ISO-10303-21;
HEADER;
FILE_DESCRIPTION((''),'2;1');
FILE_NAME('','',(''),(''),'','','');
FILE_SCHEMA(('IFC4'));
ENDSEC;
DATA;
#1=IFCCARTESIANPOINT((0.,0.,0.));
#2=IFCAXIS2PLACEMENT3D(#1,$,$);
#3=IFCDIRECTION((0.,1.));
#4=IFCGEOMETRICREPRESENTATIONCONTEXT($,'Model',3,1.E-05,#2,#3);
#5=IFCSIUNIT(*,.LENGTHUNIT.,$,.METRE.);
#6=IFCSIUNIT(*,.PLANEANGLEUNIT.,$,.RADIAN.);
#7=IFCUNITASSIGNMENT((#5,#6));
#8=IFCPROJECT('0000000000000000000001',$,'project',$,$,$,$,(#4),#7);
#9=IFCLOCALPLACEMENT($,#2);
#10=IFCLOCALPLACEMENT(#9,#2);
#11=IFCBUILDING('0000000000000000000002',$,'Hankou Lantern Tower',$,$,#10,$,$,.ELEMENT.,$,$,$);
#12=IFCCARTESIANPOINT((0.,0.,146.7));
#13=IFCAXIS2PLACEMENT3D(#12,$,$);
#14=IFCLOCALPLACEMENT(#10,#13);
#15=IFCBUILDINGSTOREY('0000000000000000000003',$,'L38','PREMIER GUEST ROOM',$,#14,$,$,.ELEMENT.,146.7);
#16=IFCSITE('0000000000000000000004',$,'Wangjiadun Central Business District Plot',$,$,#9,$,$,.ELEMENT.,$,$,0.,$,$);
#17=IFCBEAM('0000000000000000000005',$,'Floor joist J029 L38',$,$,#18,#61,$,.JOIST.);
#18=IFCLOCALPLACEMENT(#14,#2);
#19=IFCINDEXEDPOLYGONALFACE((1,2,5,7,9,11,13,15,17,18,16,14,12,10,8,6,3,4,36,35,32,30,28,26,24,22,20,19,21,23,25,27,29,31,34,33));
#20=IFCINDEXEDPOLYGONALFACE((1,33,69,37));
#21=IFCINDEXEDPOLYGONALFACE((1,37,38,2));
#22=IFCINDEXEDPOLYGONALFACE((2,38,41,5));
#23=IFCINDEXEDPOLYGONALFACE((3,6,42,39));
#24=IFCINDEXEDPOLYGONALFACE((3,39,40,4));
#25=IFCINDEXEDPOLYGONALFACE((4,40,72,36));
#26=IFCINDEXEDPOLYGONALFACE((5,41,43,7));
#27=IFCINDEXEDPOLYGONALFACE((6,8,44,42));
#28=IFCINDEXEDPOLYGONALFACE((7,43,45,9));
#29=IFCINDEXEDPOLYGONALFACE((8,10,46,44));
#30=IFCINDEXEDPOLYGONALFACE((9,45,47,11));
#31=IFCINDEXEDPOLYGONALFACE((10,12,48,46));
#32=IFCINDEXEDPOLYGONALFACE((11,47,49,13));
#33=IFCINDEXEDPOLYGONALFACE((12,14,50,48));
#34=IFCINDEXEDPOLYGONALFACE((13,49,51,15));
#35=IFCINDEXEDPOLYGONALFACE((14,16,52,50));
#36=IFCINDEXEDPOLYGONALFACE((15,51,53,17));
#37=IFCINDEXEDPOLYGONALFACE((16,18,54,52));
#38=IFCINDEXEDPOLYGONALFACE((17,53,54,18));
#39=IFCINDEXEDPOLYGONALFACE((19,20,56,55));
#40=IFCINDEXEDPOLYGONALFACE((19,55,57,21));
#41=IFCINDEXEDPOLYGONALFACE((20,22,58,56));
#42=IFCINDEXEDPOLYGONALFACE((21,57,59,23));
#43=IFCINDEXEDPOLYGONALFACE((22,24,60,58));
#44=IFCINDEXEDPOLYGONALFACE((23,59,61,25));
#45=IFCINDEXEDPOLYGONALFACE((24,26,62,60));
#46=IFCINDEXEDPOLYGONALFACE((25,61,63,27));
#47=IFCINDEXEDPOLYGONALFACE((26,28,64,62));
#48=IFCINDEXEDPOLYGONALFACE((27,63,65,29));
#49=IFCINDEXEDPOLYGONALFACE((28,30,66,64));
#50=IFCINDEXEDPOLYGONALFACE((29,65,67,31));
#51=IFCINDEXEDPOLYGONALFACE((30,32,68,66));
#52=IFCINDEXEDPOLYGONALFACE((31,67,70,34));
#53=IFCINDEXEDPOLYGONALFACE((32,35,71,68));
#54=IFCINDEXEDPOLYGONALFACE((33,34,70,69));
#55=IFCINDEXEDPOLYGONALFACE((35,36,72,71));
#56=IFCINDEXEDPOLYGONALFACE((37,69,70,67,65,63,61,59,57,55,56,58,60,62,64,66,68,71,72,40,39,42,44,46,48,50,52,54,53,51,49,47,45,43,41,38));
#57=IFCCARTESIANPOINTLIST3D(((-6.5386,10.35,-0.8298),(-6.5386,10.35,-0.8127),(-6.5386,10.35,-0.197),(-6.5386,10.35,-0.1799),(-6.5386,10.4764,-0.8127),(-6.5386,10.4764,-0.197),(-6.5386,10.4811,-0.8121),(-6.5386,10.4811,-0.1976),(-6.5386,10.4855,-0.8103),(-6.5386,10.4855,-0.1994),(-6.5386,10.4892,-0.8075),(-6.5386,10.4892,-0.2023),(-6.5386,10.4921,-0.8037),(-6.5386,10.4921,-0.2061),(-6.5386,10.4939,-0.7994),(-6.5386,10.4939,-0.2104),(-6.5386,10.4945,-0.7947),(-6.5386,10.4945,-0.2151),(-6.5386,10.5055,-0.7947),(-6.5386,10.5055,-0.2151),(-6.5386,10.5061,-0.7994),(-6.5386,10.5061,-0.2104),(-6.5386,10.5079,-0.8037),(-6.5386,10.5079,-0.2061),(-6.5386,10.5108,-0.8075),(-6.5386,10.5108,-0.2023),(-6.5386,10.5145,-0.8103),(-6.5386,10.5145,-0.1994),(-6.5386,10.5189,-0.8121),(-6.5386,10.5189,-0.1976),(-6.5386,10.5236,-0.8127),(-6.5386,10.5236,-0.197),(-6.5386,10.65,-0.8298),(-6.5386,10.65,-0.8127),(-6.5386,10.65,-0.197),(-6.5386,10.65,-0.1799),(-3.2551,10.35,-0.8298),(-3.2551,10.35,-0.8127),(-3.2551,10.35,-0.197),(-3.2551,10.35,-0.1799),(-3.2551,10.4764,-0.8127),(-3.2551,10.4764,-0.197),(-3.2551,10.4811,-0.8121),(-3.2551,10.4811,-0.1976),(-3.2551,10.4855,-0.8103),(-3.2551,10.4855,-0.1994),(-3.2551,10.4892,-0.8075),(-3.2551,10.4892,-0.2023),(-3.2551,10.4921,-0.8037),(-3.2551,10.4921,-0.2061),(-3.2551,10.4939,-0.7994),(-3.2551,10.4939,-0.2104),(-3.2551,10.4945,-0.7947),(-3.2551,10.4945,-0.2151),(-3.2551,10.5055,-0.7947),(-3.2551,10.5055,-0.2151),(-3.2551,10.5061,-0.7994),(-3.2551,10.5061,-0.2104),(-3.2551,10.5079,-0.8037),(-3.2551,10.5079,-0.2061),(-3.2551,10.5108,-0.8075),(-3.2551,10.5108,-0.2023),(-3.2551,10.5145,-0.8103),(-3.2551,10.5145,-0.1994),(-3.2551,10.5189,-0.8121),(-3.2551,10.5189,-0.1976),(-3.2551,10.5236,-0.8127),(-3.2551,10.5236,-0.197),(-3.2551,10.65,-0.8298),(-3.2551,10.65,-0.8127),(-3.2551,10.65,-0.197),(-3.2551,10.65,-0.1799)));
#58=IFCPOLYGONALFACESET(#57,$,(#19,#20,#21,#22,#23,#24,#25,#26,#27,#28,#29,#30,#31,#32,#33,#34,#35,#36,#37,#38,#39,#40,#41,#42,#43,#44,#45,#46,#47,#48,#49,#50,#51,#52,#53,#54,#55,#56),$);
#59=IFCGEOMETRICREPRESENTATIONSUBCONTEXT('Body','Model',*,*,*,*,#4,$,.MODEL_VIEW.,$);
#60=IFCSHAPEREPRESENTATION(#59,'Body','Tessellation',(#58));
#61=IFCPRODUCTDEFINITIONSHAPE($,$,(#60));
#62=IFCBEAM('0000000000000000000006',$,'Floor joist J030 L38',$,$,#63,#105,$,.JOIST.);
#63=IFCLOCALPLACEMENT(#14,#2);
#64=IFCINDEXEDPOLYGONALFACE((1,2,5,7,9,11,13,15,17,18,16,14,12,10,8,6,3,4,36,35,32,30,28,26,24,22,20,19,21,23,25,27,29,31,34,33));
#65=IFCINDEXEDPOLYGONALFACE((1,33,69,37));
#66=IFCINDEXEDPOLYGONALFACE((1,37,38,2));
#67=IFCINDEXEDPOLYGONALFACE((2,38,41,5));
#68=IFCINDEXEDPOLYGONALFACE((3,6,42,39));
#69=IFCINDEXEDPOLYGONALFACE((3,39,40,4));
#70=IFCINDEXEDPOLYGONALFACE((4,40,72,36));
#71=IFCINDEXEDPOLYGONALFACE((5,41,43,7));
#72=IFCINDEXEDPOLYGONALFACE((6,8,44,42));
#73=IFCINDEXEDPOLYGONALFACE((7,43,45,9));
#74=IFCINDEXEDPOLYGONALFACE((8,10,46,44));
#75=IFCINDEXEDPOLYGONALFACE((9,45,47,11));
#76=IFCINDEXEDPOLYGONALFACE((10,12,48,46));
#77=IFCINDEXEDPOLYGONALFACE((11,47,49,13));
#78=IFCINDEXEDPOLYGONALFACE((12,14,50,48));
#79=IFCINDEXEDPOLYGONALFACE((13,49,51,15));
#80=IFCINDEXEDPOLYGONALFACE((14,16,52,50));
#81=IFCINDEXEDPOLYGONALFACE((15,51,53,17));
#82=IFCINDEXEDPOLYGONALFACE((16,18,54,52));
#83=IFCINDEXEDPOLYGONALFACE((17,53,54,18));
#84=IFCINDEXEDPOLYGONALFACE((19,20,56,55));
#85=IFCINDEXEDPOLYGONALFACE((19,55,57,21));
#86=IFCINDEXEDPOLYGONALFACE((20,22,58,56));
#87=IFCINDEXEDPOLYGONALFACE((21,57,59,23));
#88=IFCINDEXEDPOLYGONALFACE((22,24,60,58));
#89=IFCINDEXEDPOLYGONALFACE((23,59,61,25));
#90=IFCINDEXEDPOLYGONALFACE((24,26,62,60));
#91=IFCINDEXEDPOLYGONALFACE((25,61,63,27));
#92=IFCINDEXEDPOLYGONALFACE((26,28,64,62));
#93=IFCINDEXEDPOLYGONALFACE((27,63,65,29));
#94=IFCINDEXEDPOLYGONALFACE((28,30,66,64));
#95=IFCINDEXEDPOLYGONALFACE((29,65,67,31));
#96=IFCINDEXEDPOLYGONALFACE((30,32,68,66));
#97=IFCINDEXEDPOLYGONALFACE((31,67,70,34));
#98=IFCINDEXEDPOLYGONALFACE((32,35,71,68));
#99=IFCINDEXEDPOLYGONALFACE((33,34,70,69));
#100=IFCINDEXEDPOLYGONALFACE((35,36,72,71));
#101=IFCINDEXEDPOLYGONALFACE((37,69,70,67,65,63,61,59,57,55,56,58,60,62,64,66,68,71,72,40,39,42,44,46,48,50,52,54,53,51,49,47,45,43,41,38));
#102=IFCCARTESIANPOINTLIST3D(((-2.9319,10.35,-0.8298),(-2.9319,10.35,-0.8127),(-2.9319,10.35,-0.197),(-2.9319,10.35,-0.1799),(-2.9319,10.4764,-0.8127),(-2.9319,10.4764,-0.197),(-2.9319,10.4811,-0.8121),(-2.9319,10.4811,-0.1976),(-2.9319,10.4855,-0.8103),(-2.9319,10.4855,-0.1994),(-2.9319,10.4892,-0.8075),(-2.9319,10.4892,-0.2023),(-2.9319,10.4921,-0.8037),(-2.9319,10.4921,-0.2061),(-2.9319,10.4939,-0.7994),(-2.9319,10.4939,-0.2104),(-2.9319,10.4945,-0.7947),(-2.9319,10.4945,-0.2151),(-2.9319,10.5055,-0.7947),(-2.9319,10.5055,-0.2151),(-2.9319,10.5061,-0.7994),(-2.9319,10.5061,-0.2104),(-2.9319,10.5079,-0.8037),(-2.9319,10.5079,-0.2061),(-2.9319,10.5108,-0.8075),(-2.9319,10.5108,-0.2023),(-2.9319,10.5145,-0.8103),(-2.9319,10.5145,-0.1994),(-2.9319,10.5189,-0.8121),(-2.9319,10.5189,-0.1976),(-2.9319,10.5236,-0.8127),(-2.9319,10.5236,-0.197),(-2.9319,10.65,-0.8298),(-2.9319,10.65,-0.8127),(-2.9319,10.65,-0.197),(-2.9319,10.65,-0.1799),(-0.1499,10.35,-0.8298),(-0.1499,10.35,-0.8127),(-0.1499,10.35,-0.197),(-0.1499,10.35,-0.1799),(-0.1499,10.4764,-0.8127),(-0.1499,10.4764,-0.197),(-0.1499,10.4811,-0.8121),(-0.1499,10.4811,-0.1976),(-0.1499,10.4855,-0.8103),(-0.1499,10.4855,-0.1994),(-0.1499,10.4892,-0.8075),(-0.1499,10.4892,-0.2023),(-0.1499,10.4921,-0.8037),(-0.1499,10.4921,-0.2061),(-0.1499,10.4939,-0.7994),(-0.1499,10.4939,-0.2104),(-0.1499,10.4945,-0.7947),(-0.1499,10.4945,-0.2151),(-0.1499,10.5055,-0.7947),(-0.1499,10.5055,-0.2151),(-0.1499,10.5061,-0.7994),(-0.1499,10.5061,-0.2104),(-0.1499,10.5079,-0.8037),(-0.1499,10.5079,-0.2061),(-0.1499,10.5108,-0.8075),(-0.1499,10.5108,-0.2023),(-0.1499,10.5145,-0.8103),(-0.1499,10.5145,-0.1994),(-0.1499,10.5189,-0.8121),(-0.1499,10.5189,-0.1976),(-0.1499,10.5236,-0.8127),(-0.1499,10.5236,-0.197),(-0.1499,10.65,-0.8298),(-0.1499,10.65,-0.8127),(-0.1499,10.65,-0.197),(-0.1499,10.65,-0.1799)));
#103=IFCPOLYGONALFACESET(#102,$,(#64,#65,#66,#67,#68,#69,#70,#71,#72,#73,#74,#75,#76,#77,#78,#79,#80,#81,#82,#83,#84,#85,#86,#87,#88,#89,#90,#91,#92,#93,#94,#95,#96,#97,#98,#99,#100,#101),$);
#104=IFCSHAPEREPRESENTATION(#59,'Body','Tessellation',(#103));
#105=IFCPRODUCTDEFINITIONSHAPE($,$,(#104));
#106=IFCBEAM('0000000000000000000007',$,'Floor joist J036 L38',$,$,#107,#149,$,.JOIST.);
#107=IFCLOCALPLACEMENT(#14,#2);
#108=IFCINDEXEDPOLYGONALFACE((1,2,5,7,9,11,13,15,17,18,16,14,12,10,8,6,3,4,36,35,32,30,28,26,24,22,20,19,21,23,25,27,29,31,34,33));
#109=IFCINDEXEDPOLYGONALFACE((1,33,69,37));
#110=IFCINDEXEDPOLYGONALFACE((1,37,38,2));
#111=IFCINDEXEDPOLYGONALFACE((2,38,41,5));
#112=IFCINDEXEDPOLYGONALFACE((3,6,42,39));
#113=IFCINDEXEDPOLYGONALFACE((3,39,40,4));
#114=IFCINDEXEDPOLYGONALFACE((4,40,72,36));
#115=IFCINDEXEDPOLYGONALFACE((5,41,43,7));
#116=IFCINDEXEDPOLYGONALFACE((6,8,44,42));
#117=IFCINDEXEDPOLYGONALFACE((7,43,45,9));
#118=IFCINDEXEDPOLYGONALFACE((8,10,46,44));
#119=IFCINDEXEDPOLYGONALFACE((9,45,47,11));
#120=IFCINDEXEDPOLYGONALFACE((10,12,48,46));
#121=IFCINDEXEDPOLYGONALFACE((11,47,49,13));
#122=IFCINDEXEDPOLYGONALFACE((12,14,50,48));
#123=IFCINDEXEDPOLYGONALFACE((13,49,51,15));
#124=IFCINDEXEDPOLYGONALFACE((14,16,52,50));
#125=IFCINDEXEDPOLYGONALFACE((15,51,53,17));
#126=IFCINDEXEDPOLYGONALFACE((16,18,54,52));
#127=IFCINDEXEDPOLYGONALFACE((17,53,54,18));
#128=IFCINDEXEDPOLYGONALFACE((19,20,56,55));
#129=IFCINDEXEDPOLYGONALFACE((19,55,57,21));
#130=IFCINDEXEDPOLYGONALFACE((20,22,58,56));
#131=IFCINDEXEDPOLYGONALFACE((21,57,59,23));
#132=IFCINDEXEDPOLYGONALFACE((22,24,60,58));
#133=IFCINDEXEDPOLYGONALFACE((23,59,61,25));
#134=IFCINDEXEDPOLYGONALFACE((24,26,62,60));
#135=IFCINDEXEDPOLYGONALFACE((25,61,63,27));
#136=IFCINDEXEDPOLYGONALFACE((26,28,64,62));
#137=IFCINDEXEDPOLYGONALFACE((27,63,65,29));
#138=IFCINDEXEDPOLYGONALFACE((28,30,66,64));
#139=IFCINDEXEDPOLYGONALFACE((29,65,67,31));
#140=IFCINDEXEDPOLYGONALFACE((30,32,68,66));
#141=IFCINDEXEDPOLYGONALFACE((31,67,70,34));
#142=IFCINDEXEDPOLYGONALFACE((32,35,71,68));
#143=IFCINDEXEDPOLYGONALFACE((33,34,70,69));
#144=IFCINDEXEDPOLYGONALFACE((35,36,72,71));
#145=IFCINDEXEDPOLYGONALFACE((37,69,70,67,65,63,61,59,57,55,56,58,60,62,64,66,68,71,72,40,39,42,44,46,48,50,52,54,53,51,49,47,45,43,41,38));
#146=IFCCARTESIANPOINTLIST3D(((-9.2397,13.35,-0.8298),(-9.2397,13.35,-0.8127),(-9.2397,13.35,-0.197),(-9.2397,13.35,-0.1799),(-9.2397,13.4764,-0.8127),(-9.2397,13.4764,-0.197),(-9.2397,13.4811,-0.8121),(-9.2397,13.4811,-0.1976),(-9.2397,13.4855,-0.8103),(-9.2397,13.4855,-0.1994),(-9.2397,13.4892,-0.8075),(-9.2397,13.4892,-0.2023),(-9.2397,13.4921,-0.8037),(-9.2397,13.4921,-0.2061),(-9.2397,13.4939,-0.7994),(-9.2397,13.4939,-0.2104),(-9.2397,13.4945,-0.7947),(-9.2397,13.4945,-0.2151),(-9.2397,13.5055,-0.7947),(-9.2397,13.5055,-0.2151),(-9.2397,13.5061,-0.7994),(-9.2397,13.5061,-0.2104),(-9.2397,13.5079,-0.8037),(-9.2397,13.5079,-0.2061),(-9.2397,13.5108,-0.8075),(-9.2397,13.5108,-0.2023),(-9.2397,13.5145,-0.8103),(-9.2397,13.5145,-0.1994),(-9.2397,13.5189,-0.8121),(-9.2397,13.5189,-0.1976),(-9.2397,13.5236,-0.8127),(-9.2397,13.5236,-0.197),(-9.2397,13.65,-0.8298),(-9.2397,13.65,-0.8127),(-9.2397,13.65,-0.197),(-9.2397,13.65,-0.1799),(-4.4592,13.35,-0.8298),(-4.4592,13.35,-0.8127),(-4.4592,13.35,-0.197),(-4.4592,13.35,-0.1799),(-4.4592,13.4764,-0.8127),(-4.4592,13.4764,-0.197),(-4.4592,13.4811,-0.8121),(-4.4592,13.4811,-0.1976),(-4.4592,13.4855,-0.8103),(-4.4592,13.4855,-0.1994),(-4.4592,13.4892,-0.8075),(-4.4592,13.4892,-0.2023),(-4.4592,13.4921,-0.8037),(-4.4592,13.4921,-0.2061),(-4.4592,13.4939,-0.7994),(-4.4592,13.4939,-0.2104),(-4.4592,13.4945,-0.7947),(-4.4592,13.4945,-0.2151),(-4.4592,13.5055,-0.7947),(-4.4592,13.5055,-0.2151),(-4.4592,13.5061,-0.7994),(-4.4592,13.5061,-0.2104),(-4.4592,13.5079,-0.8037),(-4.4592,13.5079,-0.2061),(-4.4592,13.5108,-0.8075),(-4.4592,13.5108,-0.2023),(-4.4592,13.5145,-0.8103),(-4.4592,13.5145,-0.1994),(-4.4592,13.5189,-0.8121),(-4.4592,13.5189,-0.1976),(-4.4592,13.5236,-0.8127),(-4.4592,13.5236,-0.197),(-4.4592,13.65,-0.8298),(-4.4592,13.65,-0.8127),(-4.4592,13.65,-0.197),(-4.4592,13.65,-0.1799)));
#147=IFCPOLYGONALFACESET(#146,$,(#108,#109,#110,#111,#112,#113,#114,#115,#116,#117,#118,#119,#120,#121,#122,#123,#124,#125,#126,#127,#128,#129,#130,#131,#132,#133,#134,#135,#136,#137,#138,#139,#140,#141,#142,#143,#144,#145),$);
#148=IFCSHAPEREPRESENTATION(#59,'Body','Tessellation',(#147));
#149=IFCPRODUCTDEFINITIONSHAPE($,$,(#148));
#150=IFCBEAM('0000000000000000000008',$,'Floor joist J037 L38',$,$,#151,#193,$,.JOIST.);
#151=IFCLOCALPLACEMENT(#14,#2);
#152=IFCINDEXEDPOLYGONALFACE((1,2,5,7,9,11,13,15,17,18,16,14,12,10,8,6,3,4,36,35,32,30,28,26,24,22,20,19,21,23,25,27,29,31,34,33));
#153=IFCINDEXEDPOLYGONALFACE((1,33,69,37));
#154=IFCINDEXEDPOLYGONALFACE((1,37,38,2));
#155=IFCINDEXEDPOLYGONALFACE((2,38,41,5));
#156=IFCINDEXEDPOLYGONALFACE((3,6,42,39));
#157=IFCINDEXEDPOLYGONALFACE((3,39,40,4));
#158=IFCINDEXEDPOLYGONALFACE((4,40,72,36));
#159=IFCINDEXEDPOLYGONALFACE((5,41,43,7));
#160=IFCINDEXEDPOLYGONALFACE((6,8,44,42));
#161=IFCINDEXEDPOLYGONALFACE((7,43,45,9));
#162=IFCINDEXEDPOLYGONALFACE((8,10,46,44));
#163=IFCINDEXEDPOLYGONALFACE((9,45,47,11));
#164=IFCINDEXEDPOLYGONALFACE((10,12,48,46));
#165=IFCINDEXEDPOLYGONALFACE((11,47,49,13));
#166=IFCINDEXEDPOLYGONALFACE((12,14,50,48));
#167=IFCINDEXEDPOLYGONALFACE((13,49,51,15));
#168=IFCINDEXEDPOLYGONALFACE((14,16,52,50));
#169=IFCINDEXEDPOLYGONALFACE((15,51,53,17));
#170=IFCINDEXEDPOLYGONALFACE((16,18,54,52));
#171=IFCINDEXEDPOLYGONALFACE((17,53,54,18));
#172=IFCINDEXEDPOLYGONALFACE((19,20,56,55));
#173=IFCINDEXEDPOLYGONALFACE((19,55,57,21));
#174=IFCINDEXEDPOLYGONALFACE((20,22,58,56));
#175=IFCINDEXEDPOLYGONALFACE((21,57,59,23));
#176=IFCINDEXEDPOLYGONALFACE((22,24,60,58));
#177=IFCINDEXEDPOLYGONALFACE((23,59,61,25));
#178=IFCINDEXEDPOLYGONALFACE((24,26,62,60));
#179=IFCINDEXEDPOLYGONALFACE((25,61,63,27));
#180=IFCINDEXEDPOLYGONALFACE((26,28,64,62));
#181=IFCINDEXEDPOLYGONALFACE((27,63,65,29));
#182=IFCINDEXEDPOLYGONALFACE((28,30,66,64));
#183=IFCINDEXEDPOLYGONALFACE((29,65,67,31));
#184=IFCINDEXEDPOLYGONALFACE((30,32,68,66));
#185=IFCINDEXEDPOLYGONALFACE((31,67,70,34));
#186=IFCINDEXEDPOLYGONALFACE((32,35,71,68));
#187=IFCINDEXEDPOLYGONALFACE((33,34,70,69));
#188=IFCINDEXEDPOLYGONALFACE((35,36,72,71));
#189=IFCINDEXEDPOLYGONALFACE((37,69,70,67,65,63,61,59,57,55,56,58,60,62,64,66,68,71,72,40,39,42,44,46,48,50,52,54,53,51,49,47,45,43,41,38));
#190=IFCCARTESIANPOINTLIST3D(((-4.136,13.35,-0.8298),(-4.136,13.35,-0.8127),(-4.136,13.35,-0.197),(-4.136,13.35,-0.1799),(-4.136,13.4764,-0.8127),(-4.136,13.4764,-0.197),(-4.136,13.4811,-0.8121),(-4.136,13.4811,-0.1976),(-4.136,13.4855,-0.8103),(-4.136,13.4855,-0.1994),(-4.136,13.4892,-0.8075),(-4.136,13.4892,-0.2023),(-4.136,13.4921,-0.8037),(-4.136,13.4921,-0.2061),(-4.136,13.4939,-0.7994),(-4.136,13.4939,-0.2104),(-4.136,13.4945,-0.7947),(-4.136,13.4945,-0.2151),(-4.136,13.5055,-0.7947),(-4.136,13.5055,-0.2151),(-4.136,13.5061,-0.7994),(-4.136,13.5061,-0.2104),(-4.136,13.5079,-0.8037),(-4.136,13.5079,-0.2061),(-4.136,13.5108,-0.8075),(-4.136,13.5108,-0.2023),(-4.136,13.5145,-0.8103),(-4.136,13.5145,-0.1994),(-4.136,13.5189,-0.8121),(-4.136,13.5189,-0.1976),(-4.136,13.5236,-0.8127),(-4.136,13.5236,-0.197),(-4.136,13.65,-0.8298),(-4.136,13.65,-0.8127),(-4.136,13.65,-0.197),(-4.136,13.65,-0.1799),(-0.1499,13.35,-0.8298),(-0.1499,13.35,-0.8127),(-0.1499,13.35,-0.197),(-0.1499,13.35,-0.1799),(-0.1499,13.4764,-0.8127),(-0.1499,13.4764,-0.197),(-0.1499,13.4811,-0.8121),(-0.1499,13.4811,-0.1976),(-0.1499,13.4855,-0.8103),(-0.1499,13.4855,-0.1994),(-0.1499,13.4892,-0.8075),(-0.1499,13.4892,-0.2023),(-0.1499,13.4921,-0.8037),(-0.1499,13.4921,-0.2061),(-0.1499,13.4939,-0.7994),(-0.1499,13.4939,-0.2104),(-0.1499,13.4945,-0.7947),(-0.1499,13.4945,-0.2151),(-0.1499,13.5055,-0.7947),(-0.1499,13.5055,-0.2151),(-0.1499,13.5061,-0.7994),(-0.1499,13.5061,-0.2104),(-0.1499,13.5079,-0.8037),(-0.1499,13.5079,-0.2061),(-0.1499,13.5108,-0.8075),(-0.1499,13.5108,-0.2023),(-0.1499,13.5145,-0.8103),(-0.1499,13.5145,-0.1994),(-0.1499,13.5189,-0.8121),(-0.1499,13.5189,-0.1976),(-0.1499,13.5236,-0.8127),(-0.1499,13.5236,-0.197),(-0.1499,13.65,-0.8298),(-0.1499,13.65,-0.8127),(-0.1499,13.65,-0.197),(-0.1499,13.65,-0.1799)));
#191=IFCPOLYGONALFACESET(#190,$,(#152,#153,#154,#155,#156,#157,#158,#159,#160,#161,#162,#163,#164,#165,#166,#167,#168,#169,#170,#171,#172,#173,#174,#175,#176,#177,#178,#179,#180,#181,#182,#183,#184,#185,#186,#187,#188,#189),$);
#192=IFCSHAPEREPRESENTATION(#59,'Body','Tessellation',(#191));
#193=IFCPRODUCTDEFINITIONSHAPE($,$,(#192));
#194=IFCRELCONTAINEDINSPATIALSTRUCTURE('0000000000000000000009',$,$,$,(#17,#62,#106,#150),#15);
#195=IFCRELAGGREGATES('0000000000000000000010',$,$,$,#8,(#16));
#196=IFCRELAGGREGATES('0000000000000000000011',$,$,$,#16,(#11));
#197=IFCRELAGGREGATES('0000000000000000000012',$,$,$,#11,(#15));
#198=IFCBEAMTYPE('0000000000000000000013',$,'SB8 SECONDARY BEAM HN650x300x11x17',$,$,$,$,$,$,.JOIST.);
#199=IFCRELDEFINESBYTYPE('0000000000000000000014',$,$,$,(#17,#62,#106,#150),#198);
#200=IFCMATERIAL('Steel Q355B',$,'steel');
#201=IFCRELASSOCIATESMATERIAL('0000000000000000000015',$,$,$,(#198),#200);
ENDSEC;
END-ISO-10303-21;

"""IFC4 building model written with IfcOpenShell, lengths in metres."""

from ifc_helpers import new_model, si_unit, direction, frame, origin, origin_2d, place, context, subcontext, project, spatial, i_section, extrude, material, material_profile, profile_set, type_object, element, save


model = new_model("IFC4")

# Units and contexts
model_context = context("Model", 3, precision=1e-05, world=origin(), true_north=direction((0.0, 1.0)))
body_context = subcontext(model_context, "Body", "Model", "MODEL_VIEW")
ifc_project = project(units=[si_unit("LENGTHUNIT", "METRE"), si_unit("PLANEANGLEUNIT", "RADIAN")], contexts=[model_context])

# Site, building, storey
site_placement = place(None, origin())
site = spatial("IfcSite", under=ifc_project, at=site_placement, Name="Wangjiadun Central Business District Plot", CompositionType="ELEMENT", RefElevation=0.0)
building_placement = place(site_placement, origin())
building = spatial("IfcBuilding", under=site, at=building_placement, Name="Hankou Lantern Tower", CompositionType="ELEMENT")
storey_placement = place(building_placement, frame((0.0, 0.0, 146.7)))
storey = spatial("IfcBuildingStorey", under=building, at=storey_placement, Name="L38", Description="PREMIER GUEST ROOM", CompositionType="ELEMENT", Elevation=146.7)

# Beams
ifc_material_1 = material(Name="Steel Q355B", Category="steel")
ifc_material_profile_1 = material_profile(ifc_material_1, i_section(OverallWidth=0.3, OverallDepth=0.6499, WebThickness=0.011, FlangeThickness=0.0171, FilletRadius=0.0181, at=origin_2d()), Name="HN650x300x11x17")
ifc_profile_set_1 = profile_set([ifc_material_profile_1], Name="Steel Q355B")
beam_type_1 = type_object("IfcBeamType", Name="SB8 SECONDARY BEAM HN650x300x11x17", PredefinedType="JOIST", material=ifc_profile_set_1)
beam_1_placement = place(storey_placement, frame((-6.5386, 10.5, -0.5049), z_axis=(1.0, 0.0, 0.0), x_axis=(0.0, 1.0, 0.0)))
element("IfcBeam", 1, at=beam_1_placement, inside=storey, type_object=beam_type_1, Name="Floor joist J029 L38", PredefinedType="JOIST", context=body_context, shape_type="SweptSolid", body=[
    extrude(i_section(OverallWidth=0.3, OverallDepth=0.6499, WebThickness=0.011, FlangeThickness=0.0171, FilletRadius=0.0181, at=origin_2d()), origin(), (0.0, 0.0, 1.0), 3.2834),
])
beam_2_placement = place(storey_placement, frame((-2.9319, 10.5, -0.5049), z_axis=(1.0, 0.0, 0.0), x_axis=(0.0, 1.0, 0.0)))
element("IfcBeam", 2, at=beam_2_placement, inside=storey, type_object=beam_type_1, Name="Floor joist J030 L38", PredefinedType="JOIST", context=body_context, shape_type="SweptSolid", body=[
    extrude(i_section(OverallWidth=0.3, OverallDepth=0.6499, WebThickness=0.011, FlangeThickness=0.0171, FilletRadius=0.0181, at=origin_2d()), origin(), (0.0, 0.0, 1.0), 2.782),
])
beam_3_placement = place(storey_placement, frame((-9.2397, 13.5, -0.5049), z_axis=(1.0, 0.0, 0.0), x_axis=(0.0, 1.0, 0.0)))
element("IfcBeam", 3, at=beam_3_placement, inside=storey, type_object=beam_type_1, Name="Floor joist J036 L38", PredefinedType="JOIST", context=body_context, shape_type="SweptSolid", body=[
    extrude(i_section(OverallWidth=0.3, OverallDepth=0.6499, WebThickness=0.011, FlangeThickness=0.0171, FilletRadius=0.0181, at=origin_2d()), origin(), (0.0, 0.0, 1.0), 4.7805),
])
beam_4_placement = place(storey_placement, frame((-4.136, 13.5, -0.5049), z_axis=(1.0, 0.0, 0.0), x_axis=(0.0, 1.0, 0.0)))
element("IfcBeam", 4, at=beam_4_placement, inside=storey, type_object=beam_type_1, Name="Floor joist J037 L38", PredefinedType="JOIST", context=body_context, shape_type="SweptSolid", body=[
    extrude(i_section(OverallWidth=0.3, OverallDepth=0.6499, WebThickness=0.011, FlangeThickness=0.0171, FilletRadius=0.0181, at=origin_2d()), origin(), (0.0, 0.0, 1.0), 3.9861),
])

save(model, "model.ifc")
